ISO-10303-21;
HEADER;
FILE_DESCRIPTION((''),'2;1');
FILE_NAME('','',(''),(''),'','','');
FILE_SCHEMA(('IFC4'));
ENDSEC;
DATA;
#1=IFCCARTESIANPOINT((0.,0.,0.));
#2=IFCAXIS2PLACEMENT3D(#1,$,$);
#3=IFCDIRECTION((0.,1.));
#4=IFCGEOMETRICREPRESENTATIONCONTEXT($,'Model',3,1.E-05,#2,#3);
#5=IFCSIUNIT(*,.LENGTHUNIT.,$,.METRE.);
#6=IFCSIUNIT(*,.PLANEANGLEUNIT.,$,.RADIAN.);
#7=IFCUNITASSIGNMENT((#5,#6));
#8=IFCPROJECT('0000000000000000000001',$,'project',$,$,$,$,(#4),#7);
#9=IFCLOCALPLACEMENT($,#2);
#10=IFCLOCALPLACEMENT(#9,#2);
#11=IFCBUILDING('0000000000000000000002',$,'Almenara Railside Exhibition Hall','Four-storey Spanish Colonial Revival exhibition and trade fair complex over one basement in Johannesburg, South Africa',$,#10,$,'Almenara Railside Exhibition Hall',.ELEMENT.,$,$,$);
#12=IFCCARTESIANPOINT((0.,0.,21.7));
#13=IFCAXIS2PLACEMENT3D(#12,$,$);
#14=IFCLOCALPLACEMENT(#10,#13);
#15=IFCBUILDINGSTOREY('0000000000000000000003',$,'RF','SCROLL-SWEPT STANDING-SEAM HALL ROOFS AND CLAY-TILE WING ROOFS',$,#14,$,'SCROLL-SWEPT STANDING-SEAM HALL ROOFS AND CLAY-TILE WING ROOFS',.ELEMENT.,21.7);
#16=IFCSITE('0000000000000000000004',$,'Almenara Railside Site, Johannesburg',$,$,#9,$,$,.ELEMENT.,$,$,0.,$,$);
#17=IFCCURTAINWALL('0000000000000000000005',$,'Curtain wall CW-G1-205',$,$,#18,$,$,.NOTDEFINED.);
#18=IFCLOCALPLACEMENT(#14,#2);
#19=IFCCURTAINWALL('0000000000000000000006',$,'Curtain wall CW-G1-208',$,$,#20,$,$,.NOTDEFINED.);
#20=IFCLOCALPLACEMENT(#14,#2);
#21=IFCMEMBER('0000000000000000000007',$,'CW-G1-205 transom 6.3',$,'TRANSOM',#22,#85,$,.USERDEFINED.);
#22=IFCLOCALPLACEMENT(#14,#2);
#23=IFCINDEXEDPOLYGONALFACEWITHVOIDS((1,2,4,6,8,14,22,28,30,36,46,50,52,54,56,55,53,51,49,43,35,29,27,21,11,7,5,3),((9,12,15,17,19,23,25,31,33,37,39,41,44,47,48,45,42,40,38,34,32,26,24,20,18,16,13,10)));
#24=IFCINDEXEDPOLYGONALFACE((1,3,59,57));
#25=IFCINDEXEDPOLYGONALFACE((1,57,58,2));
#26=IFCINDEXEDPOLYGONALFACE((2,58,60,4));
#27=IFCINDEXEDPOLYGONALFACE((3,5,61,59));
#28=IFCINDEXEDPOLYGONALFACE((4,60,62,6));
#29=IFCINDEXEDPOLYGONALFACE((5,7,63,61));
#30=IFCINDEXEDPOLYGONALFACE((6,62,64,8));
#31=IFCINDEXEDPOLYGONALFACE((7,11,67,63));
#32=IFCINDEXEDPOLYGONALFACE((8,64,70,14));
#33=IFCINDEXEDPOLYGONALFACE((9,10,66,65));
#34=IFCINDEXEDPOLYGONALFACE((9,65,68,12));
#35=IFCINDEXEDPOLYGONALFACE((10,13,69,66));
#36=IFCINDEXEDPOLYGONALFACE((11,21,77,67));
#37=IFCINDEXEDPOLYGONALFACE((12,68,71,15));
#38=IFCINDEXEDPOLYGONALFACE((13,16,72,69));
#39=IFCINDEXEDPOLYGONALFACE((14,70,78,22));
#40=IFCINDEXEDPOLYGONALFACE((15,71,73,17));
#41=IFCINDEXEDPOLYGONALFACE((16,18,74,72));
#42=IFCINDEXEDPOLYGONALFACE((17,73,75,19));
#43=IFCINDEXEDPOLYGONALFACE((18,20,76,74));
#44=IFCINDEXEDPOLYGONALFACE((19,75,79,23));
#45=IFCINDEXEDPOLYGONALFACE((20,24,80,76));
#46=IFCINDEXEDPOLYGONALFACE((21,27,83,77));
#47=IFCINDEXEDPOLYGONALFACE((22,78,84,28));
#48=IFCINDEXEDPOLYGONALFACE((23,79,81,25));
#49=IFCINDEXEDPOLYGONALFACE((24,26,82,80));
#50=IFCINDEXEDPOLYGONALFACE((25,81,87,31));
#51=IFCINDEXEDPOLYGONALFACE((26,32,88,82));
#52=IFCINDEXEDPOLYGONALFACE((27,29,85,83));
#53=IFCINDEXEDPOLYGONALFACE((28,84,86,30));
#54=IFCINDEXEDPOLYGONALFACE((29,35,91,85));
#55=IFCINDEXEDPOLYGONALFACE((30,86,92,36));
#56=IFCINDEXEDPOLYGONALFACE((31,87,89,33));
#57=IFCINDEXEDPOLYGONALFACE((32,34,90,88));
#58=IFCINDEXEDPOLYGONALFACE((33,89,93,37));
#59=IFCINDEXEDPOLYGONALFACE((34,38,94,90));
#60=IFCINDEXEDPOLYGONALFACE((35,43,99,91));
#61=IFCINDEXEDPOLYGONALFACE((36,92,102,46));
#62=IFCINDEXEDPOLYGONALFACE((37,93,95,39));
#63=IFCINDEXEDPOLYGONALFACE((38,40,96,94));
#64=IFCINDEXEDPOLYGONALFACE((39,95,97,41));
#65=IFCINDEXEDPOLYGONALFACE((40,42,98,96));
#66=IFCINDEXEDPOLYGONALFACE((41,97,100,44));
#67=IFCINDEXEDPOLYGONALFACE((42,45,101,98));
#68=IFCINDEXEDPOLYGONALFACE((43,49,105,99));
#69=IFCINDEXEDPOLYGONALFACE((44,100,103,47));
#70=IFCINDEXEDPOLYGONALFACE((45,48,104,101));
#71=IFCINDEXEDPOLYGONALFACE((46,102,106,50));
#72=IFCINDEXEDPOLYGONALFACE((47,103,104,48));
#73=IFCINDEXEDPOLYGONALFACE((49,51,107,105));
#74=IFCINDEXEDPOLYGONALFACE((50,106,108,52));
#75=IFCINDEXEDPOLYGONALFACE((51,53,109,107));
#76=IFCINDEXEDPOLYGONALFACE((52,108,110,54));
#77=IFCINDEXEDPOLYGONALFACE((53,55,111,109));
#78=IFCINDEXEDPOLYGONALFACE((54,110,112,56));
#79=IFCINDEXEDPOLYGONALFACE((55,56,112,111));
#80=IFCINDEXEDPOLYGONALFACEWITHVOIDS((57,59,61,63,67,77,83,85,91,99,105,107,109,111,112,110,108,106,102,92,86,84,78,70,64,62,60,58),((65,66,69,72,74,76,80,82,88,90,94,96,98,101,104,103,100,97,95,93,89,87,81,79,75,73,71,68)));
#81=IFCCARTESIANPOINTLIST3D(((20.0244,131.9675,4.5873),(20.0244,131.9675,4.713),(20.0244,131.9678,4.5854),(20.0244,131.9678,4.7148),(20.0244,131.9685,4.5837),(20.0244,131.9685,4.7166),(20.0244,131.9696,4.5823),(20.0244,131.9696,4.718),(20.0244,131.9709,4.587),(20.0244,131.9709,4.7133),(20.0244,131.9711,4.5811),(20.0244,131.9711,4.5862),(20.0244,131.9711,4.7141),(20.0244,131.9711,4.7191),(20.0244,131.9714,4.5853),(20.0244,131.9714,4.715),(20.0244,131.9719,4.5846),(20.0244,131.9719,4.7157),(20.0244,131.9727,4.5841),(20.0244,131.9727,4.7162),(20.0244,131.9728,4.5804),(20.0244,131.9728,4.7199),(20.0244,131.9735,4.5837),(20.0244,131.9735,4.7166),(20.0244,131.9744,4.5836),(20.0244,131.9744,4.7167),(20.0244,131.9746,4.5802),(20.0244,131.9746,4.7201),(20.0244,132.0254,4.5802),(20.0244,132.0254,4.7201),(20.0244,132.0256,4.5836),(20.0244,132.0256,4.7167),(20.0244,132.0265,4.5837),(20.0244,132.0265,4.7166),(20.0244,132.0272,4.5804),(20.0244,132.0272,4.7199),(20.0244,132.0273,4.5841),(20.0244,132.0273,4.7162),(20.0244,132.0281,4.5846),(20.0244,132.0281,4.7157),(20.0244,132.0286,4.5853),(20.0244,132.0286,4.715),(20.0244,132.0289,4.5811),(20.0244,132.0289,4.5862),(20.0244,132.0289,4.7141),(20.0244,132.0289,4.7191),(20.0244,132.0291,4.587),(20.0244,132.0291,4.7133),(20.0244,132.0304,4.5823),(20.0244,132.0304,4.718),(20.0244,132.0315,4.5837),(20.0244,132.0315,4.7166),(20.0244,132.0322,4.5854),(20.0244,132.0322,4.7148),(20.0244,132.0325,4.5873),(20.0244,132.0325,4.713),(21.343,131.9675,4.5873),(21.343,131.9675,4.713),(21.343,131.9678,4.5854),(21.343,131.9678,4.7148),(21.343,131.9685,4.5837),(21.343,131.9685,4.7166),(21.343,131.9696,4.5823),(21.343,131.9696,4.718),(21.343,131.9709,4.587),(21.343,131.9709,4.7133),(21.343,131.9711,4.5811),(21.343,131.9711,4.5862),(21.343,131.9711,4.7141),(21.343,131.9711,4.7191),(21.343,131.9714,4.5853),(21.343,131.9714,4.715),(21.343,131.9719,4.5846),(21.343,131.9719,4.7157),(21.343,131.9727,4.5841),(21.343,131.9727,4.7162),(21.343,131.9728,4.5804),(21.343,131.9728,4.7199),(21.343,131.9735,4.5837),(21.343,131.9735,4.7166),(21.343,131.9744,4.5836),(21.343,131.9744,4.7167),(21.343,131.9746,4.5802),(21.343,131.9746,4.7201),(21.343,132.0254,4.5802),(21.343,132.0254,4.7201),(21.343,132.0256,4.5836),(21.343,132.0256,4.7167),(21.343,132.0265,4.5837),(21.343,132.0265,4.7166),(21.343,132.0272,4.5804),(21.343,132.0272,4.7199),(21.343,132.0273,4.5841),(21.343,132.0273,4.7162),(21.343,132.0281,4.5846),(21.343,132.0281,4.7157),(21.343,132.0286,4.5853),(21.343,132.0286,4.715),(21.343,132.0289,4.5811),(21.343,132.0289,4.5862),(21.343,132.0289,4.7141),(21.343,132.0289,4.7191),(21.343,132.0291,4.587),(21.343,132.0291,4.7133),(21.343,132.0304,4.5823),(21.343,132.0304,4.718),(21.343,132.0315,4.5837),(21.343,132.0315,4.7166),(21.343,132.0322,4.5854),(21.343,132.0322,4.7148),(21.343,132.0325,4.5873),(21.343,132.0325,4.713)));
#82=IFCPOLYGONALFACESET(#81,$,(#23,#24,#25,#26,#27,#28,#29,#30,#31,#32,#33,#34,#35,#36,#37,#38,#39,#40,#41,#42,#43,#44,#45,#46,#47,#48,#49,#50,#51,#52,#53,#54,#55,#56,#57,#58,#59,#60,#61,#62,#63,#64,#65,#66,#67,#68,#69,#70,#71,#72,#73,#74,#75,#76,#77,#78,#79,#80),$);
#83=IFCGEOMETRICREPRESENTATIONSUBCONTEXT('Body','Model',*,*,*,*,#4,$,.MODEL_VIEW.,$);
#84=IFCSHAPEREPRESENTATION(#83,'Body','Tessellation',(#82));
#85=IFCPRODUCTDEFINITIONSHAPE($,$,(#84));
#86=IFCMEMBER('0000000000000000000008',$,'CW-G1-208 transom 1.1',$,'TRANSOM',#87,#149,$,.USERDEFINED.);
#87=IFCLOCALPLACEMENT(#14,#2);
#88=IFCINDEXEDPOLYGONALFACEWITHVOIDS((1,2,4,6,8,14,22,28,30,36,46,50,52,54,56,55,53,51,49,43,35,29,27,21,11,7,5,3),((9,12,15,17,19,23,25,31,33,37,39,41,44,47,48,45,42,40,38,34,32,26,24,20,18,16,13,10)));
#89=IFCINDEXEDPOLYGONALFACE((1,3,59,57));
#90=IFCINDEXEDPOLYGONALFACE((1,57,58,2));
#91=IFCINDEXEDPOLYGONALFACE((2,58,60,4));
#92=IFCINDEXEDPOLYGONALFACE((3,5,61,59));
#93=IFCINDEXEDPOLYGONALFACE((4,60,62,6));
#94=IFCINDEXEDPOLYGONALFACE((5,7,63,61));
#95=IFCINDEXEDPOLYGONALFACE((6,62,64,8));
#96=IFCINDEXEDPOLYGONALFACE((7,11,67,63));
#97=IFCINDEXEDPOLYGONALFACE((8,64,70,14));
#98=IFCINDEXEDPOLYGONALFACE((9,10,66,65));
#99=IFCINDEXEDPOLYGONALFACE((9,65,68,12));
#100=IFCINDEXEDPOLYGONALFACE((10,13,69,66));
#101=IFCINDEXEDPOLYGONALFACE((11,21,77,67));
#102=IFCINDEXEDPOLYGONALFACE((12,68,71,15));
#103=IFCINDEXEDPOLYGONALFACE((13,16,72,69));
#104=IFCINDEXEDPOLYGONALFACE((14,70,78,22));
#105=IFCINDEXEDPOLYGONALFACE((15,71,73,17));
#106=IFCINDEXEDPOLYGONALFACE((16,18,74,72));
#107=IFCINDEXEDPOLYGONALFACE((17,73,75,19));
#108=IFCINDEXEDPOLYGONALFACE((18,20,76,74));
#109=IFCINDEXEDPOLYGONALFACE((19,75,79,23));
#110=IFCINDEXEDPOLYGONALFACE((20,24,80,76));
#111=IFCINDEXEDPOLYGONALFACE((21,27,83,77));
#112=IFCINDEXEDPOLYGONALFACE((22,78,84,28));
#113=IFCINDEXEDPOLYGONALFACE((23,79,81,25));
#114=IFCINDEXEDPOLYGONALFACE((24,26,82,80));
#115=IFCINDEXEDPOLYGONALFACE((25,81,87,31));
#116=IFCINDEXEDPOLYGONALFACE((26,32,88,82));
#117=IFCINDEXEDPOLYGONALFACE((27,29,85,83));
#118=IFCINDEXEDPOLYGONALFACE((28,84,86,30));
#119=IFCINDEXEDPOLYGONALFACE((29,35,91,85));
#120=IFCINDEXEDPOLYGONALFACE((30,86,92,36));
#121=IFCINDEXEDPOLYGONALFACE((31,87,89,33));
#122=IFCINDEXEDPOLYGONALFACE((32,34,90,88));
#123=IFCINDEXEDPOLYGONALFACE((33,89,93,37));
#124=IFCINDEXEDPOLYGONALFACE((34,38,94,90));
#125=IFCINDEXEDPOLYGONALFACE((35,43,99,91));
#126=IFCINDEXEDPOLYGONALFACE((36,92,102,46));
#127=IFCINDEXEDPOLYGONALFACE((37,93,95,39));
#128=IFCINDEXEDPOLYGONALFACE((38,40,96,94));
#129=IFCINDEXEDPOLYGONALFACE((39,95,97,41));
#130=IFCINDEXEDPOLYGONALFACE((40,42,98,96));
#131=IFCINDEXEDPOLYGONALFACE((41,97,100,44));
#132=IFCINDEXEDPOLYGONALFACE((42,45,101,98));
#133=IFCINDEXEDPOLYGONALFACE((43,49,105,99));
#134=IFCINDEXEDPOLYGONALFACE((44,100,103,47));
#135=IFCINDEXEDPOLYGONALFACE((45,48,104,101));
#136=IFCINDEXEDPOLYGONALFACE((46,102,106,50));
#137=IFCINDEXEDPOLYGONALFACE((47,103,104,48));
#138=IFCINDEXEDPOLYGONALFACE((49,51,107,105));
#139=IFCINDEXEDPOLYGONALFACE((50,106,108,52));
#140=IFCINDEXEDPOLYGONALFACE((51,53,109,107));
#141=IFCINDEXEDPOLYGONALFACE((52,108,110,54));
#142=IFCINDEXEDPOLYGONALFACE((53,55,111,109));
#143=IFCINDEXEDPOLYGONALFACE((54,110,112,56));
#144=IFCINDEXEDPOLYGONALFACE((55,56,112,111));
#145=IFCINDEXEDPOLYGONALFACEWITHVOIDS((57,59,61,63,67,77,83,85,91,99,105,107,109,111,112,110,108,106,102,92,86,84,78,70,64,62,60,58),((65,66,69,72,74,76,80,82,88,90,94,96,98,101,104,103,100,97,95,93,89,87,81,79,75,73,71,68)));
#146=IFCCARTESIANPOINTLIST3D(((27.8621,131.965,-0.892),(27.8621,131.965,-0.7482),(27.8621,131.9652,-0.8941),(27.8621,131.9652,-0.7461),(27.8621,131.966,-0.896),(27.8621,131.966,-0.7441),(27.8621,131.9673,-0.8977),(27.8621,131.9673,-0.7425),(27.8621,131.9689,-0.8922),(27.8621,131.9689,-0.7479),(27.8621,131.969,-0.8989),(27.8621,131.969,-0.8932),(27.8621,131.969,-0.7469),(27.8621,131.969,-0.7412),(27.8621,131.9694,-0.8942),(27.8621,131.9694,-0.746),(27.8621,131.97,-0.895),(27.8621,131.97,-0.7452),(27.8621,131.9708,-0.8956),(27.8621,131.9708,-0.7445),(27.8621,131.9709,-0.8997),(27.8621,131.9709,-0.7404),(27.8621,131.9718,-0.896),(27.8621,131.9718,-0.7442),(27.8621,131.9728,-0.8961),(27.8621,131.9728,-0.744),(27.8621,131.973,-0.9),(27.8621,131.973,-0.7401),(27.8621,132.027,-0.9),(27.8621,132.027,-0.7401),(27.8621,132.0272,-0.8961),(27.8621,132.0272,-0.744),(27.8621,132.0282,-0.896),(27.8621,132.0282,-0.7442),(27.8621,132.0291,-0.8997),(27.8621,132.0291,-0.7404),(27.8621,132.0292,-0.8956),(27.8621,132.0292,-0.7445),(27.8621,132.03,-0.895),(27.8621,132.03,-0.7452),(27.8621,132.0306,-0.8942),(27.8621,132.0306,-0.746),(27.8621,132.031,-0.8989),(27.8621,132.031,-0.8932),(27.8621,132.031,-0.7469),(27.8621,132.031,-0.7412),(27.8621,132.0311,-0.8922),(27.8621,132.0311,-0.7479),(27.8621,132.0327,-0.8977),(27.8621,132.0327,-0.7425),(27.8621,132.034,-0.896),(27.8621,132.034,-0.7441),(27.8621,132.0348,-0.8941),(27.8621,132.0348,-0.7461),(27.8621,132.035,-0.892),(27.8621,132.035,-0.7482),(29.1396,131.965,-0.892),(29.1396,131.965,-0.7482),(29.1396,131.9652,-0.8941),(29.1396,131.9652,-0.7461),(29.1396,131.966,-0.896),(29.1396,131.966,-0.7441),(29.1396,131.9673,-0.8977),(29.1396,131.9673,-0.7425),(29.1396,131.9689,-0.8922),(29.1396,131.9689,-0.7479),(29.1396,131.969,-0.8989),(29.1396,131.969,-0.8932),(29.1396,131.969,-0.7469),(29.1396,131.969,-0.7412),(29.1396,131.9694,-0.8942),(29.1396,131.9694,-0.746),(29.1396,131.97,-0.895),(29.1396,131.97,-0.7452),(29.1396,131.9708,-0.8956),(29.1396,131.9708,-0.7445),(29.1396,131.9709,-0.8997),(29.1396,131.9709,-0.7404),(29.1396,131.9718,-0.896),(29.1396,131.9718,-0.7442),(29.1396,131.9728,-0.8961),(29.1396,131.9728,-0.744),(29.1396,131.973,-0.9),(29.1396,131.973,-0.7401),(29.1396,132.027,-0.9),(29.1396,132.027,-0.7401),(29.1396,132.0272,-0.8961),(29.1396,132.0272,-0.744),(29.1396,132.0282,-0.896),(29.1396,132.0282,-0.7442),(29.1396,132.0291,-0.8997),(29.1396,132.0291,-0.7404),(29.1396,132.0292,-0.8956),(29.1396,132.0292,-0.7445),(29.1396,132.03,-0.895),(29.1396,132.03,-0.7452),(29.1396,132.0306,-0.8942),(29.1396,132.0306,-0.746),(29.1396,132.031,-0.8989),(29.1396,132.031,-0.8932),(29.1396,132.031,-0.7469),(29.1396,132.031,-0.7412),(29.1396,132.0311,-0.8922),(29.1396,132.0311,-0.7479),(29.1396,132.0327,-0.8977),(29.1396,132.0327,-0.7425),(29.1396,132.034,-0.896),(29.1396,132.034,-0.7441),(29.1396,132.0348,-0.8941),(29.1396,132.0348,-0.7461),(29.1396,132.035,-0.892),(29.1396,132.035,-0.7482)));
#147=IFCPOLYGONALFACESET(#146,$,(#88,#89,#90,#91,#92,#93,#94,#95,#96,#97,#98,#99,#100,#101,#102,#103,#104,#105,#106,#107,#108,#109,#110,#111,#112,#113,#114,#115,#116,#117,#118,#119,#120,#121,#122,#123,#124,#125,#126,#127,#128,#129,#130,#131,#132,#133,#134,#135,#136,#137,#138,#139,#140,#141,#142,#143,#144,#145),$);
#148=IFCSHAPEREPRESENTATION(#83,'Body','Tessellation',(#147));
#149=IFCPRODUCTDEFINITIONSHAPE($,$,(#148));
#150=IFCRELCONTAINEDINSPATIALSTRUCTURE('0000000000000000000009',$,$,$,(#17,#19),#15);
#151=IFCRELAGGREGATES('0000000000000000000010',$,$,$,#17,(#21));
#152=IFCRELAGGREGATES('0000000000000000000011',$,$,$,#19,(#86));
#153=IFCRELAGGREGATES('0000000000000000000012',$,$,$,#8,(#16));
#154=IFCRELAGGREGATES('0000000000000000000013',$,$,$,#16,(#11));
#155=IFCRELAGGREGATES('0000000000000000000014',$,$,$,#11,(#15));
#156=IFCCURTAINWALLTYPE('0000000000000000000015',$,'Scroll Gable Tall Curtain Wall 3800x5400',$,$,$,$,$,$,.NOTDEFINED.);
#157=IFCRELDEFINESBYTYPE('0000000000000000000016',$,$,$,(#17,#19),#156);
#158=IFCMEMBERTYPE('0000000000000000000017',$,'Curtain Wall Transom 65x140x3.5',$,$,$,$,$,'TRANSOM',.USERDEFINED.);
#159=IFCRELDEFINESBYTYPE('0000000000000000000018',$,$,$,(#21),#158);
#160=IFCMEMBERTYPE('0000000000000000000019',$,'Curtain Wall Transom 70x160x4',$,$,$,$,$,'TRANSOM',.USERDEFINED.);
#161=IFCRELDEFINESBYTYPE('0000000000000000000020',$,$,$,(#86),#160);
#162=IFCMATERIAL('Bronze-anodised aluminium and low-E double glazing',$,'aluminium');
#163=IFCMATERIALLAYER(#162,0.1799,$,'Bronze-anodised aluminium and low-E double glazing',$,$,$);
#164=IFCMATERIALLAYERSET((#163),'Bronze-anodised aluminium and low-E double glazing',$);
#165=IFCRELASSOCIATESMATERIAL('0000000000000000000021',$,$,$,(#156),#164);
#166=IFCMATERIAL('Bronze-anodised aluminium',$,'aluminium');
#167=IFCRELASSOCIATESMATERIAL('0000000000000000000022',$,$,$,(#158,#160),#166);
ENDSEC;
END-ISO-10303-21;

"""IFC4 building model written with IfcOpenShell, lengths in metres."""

from ifc_helpers import new_model, si_unit, direction, frame, origin, origin_2d, place, context, subcontext, project, spatial, hollow_rectangle, extrude, material, layer, layer_set, material_profile, profile_set, type_object, element, aggregate, save


model = new_model("IFC4")

# Units and contexts
model_context = context("Model", 3, precision=1e-05, world=origin(), true_north=direction((0.0, 1.0)))
body_context = subcontext(model_context, "Body", "Model", "MODEL_VIEW")
ifc_project = project(units=[si_unit("LENGTHUNIT", "METRE"), si_unit("PLANEANGLEUNIT", "RADIAN")], contexts=[model_context])

# Site, building, storey
site_placement = place(None, origin())
site = spatial("IfcSite", under=ifc_project, at=site_placement, Name="Almenara Railside Site, Johannesburg", CompositionType="ELEMENT", RefElevation=0.0)
building_placement = place(site_placement, origin())
building = spatial("IfcBuilding", under=site, at=building_placement, Name="Almenara Railside Exhibition Hall", Description="Four-storey Spanish Colonial Revival exhibition and trade fair complex over one basement in Johannesburg, South Africa", LongName="Almenara Railside Exhibition Hall", CompositionType="ELEMENT")
storey_placement = place(building_placement, frame((0.0, 0.0, 21.7)))
storey = spatial("IfcBuildingStorey", under=building, at=storey_placement, Name="RF", Description="SCROLL-SWEPT STANDING-SEAM HALL ROOFS AND CLAY-TILE WING ROOFS", LongName="SCROLL-SWEPT STANDING-SEAM HALL ROOFS AND CLAY-TILE WING ROOFS", CompositionType="ELEMENT", Elevation=21.7)

# Curtain walls
ifc_material_1 = material(Name="Bronze-anodised aluminium and low-E double glazing", Category="aluminium")
ifc_layer_1 = layer(ifc_material_1, 0.1799, Name="Bronze-anodised aluminium and low-E double glazing")
ifc_layer_set_1 = layer_set([ifc_layer_1], Name="Bronze-anodised aluminium and low-E double glazing")
curtain_wall_type = type_object("IfcCurtainWallType", Name="Scroll Gable Tall Curtain Wall 3800x5400", PredefinedType="NOTDEFINED", material=ifc_layer_set_1)
ifc_material_2 = material(Name="Bronze-anodised aluminium", Category="aluminium")
curtain_wall_1_placement = place(storey_placement, origin())
curtain_wall_1 = element("IfcCurtainWall", 1, at=curtain_wall_1_placement, inside=storey, type_object=curtain_wall_type, Name="Curtain wall CW-G1-205", PredefinedType="NOTDEFINED")
curtain_wall_2_placement = place(storey_placement, origin())
curtain_wall_2 = element("IfcCurtainWall", 2, at=curtain_wall_2_placement, inside=storey, type_object=curtain_wall_type, Name="Curtain wall CW-G1-208", PredefinedType="NOTDEFINED")

# Members
ifc_material_profile_1 = material_profile(ifc_material_2, hollow_rectangle(XDim=0.0649, YDim=0.1399, WallThickness=0.0034, InnerFilletRadius=0.0034, OuterFilletRadius=0.0071, at=origin_2d()), Name="ALU-TRN 65x140x3.5")
ifc_profile_set_1 = profile_set([ifc_material_profile_1], Name="Bronze-anodised aluminium")
member_type_1 = type_object("IfcMemberType", Name="Curtain Wall Transom 65x140x3.5", ElementType="TRANSOM", PredefinedType="USERDEFINED", material=ifc_profile_set_1)
member_1_placement = place(storey_placement, frame((20.0244, 132.0, 4.6501), z_axis=(1.0, 0.0, 0.0), x_axis=(0.0, 1.0, 0.0)))
member_1 = element("IfcMember", 3, at=member_1_placement, type_object=member_type_1, Name="CW-G1-205 transom 6.3", ObjectType="TRANSOM", PredefinedType="USERDEFINED", context=body_context, shape_type="SweptSolid", body=[
    extrude(hollow_rectangle(XDim=0.0649, YDim=0.1399, WallThickness=0.0034, InnerFilletRadius=0.0034, OuterFilletRadius=0.0071, at=origin_2d()), origin(), (0.0, 0.0, 1.0), 1.3186),
])
ifc_material_profile_2 = material_profile(ifc_material_2, hollow_rectangle(XDim=0.0701, YDim=0.1599, WallThickness=0.0039, InnerFilletRadius=0.0039, OuterFilletRadius=0.0081, at=origin_2d()), Name="ALU-TRN 70x160x4")
ifc_profile_set_2 = profile_set([ifc_material_profile_2], Name="Bronze-anodised aluminium")
member_type_2 = type_object("IfcMemberType", Name="Curtain Wall Transom 70x160x4", ElementType="TRANSOM", PredefinedType="USERDEFINED", material=ifc_profile_set_2)
member_2_placement = place(storey_placement, frame((27.8621, 132.0, -0.8201), z_axis=(1.0, 0.0, 0.0), x_axis=(0.0, 1.0, 0.0)))
member_2 = element("IfcMember", 4, at=member_2_placement, type_object=member_type_2, Name="CW-G1-208 transom 1.1", ObjectType="TRANSOM", PredefinedType="USERDEFINED", context=body_context, shape_type="SweptSolid", body=[
    extrude(hollow_rectangle(XDim=0.0701, YDim=0.1599, WallThickness=0.0039, InnerFilletRadius=0.0039, OuterFilletRadius=0.0081, at=origin_2d()), origin(), (0.0, 0.0, 1.0), 1.2776),
])

aggregate(curtain_wall_1, [member_1])
aggregate(curtain_wall_2, [member_2])

save(model, "model.ifc")
